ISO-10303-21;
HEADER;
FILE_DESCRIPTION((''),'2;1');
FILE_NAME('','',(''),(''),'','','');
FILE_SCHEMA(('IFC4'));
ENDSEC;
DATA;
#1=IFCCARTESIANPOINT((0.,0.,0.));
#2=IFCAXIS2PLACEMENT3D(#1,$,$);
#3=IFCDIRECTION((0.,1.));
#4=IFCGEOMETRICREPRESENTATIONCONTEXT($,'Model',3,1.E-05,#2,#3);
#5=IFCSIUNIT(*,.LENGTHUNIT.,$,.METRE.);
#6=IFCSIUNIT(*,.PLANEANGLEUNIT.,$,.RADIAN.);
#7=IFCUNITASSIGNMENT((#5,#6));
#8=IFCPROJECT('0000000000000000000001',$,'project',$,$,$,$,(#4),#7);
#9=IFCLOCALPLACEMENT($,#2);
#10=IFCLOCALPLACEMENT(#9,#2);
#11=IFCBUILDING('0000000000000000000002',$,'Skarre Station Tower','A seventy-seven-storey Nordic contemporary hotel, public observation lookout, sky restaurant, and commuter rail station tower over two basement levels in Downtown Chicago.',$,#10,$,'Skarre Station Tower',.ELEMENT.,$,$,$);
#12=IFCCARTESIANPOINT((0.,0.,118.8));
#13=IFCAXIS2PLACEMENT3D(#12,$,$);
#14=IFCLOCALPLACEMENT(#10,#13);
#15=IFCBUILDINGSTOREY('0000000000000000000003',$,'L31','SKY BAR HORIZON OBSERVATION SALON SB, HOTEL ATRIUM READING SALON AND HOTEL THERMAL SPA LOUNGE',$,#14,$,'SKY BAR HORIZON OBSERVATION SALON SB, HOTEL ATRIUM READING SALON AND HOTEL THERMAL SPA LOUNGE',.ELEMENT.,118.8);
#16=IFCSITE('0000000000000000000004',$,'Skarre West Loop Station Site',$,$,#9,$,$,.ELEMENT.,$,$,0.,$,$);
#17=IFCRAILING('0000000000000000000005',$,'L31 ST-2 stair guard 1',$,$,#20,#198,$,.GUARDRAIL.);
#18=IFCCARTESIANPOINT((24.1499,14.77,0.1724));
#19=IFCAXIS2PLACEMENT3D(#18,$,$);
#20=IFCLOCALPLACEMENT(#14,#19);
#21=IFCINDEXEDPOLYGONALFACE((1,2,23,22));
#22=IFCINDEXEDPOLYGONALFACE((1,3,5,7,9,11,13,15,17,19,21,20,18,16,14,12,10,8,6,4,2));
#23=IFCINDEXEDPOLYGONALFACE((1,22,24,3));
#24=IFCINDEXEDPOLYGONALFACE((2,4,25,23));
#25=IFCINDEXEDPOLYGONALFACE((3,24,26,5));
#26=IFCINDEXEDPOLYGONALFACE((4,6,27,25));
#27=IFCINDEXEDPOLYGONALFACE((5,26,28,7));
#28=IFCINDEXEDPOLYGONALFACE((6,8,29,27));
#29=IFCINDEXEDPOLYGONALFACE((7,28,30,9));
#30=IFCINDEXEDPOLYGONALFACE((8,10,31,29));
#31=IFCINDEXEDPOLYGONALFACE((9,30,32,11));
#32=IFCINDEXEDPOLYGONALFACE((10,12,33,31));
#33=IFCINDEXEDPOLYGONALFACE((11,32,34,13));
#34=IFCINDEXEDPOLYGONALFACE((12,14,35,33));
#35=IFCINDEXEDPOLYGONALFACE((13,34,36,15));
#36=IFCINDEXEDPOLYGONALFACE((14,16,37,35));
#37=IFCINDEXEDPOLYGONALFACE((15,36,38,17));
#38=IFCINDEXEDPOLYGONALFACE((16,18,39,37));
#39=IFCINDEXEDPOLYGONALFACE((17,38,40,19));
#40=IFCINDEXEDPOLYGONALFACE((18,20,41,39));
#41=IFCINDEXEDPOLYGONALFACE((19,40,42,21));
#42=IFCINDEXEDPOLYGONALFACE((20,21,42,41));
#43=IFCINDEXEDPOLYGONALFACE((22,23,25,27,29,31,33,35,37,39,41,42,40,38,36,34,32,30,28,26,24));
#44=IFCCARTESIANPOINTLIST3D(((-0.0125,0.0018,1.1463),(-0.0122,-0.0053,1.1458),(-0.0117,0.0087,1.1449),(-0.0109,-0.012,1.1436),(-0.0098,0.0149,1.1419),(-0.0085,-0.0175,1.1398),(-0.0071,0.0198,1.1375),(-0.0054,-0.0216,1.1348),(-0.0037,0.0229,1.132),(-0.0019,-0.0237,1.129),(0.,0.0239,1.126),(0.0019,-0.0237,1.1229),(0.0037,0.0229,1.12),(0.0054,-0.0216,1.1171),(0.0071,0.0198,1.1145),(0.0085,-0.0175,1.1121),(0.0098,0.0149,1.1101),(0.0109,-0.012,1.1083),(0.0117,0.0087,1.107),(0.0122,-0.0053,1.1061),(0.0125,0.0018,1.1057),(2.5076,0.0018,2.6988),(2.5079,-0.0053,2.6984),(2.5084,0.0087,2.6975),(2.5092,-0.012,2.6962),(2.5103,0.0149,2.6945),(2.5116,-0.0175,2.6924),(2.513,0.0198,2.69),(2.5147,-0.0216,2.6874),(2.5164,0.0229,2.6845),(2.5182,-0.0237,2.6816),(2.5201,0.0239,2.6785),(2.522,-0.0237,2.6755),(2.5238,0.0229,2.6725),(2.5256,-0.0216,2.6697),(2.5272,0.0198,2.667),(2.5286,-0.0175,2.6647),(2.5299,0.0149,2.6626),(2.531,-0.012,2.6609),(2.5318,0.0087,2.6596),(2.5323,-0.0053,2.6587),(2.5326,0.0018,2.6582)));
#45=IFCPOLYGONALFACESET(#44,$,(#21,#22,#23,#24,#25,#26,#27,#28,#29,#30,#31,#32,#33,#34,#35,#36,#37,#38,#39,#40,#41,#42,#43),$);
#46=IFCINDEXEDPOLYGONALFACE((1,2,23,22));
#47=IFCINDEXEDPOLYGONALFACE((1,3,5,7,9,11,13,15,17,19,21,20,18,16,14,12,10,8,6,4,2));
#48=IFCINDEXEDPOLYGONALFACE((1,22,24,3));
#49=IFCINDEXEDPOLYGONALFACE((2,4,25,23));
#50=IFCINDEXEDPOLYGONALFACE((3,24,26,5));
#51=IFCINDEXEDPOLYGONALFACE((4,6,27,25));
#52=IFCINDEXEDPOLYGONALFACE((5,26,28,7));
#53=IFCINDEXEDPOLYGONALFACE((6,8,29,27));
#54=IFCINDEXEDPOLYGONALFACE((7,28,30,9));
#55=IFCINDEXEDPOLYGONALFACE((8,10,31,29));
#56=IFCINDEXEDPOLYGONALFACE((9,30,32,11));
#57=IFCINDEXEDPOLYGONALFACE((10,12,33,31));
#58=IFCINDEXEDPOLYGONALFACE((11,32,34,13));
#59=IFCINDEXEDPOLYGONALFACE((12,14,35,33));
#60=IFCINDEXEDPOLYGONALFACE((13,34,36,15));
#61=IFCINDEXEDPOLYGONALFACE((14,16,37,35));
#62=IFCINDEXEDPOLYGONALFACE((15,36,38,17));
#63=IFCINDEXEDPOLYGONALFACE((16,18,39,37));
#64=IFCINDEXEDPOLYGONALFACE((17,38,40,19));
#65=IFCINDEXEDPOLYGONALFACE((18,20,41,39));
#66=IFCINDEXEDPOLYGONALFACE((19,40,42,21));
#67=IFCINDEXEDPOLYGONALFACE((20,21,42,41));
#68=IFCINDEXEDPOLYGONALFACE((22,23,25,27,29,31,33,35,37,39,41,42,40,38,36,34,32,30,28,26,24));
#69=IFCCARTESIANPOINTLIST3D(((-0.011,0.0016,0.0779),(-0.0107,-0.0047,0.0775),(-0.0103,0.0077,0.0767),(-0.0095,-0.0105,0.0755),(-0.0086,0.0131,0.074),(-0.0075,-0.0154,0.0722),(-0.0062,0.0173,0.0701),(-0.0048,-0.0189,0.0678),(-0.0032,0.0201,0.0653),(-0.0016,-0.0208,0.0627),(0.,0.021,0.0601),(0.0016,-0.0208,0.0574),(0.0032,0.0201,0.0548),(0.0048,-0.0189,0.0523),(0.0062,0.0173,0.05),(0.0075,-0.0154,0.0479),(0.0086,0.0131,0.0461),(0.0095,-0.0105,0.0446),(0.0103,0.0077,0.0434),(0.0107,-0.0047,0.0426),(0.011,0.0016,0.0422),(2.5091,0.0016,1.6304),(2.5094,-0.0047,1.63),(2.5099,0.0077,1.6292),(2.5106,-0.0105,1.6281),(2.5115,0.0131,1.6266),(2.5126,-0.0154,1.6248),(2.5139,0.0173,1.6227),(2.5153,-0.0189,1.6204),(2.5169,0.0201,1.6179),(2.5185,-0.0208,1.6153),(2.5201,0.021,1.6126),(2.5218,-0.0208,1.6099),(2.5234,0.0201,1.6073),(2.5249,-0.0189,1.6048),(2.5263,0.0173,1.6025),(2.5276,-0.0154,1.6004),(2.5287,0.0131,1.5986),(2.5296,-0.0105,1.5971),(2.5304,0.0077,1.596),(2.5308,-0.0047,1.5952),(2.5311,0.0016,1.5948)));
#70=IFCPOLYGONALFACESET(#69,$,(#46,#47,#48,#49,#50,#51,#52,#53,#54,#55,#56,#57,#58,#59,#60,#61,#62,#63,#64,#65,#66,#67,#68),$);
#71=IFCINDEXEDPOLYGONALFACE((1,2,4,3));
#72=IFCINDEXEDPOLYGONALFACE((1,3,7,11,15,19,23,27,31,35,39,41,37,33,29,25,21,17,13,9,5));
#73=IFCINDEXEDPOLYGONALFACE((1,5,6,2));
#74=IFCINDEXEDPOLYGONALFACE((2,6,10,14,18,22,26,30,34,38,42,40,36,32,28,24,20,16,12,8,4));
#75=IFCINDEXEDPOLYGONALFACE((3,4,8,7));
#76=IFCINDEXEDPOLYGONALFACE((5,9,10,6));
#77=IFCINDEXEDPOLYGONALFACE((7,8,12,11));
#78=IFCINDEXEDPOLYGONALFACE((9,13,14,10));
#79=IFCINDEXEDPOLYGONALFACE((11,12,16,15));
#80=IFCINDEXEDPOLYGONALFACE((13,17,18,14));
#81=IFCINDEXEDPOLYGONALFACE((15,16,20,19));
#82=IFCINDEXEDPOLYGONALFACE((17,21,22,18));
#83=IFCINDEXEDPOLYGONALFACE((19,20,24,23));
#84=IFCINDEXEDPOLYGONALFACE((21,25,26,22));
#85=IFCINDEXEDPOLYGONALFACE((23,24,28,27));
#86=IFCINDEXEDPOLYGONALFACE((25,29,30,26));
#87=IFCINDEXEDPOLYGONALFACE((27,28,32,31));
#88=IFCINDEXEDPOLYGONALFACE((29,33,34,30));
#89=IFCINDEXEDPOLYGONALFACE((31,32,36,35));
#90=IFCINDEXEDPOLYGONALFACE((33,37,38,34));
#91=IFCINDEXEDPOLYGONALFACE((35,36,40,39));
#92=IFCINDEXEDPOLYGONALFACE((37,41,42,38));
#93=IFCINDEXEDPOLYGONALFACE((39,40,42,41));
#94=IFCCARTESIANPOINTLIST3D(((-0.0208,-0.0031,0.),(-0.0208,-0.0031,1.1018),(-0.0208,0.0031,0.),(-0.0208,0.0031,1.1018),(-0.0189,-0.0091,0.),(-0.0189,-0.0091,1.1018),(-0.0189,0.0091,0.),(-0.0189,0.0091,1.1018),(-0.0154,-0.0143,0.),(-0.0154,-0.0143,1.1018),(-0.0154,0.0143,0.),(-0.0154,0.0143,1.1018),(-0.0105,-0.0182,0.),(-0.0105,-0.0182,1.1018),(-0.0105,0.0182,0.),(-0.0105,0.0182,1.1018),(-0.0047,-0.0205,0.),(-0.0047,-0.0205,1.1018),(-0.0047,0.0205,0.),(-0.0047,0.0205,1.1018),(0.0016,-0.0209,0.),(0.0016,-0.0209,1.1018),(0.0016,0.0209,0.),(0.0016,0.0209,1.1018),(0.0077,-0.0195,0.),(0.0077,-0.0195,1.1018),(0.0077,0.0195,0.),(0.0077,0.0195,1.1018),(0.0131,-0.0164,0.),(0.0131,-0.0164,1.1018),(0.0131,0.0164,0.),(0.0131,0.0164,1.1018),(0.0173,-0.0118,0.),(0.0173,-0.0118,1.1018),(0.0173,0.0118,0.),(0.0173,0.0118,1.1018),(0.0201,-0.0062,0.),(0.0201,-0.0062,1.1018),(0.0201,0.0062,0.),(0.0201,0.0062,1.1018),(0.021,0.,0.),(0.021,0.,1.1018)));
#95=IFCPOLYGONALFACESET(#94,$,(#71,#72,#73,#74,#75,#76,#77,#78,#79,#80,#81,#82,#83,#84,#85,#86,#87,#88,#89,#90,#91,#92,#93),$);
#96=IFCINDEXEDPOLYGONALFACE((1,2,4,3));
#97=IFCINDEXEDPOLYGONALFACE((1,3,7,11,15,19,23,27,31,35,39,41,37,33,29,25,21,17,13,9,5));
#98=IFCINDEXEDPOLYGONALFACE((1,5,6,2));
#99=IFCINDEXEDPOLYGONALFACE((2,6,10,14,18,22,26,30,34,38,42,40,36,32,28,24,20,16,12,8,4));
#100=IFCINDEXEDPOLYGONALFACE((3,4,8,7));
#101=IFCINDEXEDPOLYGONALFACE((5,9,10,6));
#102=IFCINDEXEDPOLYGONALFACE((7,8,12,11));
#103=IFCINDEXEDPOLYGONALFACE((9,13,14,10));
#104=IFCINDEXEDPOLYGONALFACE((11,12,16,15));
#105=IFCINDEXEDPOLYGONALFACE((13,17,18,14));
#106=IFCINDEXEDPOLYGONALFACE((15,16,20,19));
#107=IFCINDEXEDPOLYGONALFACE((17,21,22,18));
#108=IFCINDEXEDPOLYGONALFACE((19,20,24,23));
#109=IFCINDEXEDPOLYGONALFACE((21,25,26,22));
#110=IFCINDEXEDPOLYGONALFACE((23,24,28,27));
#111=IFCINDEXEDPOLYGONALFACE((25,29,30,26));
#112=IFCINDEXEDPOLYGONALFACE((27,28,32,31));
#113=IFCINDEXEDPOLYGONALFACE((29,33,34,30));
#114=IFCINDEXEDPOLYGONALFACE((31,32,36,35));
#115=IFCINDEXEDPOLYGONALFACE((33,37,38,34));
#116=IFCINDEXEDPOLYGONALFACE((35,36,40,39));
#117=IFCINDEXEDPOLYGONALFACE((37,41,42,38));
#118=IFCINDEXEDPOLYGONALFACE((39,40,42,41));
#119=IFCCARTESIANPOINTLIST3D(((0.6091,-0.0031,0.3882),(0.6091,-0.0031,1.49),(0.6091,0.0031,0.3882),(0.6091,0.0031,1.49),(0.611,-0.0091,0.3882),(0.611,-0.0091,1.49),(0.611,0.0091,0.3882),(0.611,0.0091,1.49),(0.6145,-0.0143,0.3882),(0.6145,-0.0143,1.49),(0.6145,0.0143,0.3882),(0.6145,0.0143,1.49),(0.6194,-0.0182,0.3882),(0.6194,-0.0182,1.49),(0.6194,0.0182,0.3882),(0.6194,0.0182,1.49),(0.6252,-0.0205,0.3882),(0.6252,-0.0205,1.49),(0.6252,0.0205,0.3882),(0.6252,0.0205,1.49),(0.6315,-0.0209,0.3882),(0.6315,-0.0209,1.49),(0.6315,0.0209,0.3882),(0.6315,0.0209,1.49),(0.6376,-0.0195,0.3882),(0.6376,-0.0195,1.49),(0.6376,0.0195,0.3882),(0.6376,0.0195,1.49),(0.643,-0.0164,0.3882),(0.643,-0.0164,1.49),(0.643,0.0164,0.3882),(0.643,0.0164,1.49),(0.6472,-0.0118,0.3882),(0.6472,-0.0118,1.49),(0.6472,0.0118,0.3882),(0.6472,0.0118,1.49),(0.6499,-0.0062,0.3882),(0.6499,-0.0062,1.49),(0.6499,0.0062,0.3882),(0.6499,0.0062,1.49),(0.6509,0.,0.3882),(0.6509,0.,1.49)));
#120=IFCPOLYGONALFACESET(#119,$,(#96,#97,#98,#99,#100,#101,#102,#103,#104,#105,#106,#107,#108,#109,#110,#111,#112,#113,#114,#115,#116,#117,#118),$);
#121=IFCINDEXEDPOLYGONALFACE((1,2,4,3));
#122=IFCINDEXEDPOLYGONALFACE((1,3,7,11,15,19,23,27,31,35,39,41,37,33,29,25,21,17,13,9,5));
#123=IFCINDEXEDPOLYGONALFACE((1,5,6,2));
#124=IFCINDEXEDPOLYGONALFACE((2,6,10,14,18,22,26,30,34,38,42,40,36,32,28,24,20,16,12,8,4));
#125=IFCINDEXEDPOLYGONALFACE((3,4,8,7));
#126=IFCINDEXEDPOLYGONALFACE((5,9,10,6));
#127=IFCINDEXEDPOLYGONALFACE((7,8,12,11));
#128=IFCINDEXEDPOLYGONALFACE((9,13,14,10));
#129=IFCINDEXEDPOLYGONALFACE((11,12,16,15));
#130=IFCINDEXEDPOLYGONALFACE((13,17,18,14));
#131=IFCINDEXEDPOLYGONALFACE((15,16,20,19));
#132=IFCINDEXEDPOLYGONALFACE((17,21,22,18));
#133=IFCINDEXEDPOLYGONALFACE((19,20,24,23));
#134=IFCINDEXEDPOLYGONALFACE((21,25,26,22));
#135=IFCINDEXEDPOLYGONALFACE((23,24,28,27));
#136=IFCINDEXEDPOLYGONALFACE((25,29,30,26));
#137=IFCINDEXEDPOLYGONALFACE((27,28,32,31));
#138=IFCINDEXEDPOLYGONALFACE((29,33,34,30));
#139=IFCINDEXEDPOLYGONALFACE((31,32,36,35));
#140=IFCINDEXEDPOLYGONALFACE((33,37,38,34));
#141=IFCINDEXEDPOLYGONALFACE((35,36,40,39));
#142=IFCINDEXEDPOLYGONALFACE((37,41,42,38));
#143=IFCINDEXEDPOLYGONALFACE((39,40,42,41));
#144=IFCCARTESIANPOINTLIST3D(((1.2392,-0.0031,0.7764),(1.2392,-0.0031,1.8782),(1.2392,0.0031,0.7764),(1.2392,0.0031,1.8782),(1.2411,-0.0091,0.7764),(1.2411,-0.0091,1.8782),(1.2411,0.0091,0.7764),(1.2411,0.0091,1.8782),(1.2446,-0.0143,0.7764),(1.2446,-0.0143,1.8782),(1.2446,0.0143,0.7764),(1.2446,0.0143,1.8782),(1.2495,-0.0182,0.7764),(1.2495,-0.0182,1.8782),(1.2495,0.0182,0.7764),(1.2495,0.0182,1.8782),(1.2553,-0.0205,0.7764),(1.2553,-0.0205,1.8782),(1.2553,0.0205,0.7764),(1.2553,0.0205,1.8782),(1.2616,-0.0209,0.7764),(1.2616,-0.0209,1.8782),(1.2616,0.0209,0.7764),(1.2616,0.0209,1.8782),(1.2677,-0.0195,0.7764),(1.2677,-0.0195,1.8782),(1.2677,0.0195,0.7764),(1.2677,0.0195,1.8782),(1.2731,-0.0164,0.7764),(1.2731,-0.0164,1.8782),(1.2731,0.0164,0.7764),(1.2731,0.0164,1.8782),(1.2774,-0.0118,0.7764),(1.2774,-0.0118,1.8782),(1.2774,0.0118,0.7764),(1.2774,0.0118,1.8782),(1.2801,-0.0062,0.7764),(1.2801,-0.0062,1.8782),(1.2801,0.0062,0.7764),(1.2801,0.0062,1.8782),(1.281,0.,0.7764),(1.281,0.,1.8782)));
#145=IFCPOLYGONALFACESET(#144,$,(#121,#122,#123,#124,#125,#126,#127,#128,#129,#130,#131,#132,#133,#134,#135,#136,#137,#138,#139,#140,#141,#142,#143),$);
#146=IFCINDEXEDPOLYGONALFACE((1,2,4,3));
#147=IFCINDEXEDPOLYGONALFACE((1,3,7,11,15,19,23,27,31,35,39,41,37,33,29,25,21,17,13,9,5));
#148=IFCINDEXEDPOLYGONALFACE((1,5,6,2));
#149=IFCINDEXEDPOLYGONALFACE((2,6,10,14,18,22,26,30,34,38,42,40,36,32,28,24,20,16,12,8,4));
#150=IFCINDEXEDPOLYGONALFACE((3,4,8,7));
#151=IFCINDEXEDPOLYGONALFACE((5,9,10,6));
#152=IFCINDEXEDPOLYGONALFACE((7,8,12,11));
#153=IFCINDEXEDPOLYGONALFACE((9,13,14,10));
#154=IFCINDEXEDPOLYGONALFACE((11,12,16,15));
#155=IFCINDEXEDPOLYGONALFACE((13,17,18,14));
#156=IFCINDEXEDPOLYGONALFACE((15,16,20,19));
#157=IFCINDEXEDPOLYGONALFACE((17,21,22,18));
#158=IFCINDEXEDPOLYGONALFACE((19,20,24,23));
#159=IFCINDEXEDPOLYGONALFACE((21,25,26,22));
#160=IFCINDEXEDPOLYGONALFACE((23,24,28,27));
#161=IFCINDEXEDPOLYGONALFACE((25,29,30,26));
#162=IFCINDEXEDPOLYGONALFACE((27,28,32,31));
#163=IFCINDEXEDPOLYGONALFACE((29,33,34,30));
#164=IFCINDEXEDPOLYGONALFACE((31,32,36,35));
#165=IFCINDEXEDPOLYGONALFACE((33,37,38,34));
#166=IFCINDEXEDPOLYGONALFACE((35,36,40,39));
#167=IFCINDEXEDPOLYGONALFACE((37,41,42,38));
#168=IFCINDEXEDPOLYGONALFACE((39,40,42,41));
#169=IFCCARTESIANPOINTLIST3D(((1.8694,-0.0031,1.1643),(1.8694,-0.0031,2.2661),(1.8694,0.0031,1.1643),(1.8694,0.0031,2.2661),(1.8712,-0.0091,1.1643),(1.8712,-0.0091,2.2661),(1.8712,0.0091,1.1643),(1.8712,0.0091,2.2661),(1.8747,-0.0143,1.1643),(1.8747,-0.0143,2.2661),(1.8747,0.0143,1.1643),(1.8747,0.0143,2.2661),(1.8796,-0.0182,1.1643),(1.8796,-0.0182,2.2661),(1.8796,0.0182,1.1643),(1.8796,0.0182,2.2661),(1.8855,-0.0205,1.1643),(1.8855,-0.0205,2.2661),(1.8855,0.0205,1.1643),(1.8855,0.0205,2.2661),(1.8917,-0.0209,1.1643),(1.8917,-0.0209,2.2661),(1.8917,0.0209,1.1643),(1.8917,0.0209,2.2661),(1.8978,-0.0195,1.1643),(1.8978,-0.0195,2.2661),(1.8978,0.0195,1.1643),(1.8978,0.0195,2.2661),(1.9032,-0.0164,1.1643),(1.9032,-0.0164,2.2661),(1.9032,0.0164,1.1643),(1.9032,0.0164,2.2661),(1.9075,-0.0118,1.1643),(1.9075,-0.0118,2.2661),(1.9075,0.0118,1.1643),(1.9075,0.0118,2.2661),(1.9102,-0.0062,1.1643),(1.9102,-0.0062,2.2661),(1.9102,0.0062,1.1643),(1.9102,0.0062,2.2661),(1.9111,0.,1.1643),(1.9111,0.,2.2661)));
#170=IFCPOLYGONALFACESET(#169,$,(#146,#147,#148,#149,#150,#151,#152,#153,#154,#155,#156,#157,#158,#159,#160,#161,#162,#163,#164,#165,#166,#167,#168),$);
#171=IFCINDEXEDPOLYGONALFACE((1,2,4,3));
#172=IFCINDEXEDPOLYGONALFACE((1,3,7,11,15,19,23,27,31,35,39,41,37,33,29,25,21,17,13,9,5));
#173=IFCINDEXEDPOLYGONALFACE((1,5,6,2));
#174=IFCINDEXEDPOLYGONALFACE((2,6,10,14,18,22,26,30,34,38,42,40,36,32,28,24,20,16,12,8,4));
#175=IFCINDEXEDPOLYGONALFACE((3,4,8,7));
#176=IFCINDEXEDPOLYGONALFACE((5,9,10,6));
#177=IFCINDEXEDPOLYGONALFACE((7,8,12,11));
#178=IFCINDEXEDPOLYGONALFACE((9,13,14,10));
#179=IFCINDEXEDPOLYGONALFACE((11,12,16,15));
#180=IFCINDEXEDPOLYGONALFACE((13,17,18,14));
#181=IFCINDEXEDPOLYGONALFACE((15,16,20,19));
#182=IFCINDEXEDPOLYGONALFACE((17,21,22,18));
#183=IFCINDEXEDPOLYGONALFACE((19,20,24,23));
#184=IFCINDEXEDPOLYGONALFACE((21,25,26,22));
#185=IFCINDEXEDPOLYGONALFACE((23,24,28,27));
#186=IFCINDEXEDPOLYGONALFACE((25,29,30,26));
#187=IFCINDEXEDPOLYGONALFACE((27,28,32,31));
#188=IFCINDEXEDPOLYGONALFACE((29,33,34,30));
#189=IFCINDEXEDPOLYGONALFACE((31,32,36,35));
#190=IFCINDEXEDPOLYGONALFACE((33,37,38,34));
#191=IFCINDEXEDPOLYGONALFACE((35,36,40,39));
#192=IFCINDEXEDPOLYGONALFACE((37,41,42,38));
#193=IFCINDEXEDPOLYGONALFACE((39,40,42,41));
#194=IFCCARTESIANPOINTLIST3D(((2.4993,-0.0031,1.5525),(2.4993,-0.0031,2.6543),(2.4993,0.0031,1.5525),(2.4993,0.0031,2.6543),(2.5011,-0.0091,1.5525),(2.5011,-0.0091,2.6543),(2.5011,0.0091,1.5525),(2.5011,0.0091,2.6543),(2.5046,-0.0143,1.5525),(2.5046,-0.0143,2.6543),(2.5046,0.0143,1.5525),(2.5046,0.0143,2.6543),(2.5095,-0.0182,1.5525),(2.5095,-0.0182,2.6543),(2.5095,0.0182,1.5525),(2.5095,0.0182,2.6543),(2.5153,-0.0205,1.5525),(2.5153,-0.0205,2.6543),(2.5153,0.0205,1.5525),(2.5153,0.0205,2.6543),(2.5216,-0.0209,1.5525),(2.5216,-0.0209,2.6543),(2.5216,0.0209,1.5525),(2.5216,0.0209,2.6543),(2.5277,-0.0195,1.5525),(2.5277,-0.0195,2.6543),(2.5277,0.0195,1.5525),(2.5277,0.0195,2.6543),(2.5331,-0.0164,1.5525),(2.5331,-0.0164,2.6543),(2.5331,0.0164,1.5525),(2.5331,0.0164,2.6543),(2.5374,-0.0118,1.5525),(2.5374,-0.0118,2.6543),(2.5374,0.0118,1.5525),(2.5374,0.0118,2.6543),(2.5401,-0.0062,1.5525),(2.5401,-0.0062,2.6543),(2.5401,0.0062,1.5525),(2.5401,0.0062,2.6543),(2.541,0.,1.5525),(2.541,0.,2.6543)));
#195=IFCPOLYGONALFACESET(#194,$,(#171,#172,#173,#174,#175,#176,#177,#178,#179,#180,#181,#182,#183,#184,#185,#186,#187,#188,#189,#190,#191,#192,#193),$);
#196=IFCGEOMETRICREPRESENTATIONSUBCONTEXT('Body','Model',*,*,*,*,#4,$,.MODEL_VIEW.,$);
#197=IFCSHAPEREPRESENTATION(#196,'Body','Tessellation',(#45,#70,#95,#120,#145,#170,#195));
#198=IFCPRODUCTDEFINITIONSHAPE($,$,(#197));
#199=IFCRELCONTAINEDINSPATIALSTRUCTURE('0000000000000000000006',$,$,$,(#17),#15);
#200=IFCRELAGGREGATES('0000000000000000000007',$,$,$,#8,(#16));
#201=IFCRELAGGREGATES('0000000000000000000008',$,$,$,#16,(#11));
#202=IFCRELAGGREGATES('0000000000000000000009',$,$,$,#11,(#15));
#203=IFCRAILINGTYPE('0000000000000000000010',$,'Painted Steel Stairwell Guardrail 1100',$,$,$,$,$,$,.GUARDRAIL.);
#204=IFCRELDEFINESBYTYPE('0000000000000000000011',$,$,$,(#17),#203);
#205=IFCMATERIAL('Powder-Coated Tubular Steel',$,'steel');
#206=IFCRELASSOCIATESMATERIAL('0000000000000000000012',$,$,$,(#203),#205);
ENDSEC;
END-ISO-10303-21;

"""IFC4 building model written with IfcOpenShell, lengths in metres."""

from ifc_helpers import new_model, si_unit, direction, frame, origin, origin_2d, place, context, subcontext, project, spatial, circle, extrude, material, type_object, element, save


model = new_model("IFC4")

# Units and contexts
model_context = context("Model", 3, precision=1e-05, world=origin(), true_north=direction((0.0, 1.0)))
body_context = subcontext(model_context, "Body", "Model", "MODEL_VIEW")
ifc_project = project(units=[si_unit("LENGTHUNIT", "METRE"), si_unit("PLANEANGLEUNIT", "RADIAN")], contexts=[model_context])

# Site, building, storey
site_placement = place(None, origin())
site = spatial("IfcSite", under=ifc_project, at=site_placement, Name="Skarre West Loop Station Site", CompositionType="ELEMENT", RefElevation=0.0)
building_placement = place(site_placement, origin())
building = spatial("IfcBuilding", under=site, at=building_placement, Name="Skarre Station Tower", Description="A seventy-seven-storey Nordic contemporary hotel, public observation lookout, sky restaurant, and commuter rail station tower over two basement levels in Downtown Chicago.", LongName="Skarre Station Tower", CompositionType="ELEMENT")
storey_placement = place(building_placement, frame((0.0, 0.0, 118.8)))
storey = spatial("IfcBuildingStorey", under=building, at=storey_placement, Name="L31", Description="SKY BAR HORIZON OBSERVATION SALON SB, HOTEL ATRIUM READING SALON AND HOTEL THERMAL SPA LOUNGE", LongName="SKY BAR HORIZON OBSERVATION SALON SB, HOTEL ATRIUM READING SALON AND HOTEL THERMAL SPA LOUNGE", CompositionType="ELEMENT", Elevation=118.8)

# Railing
ifc_material_1 = material(Name="Powder-Coated Tubular Steel", Category="steel")
railing_type_1 = type_object("IfcRailingType", Name="Painted Steel Stairwell Guardrail 1100", PredefinedType="GUARDRAIL", material=ifc_material_1)
railing_1_placement = place(storey_placement, frame((24.1499, 14.77, 0.1724)))
element("IfcRailing", 1, at=railing_1_placement, inside=storey, type_object=railing_type_1, Name="L31 ST-2 stair guard 1", PredefinedType="GUARDRAIL", context=body_context, shape_type="SweptSolid", body=[
    extrude(circle(Radius=0.0239, at=origin_2d()), frame((0.0, 0.0, 1.126), z_axis=(0.8514, 0.0, 0.524516), x_axis=(0.0, 1.0, 0.0)), (0.0, 0.0, 1.0), 2.96),
    extrude(circle(Radius=0.021, at=origin_2d()), frame((0.0, 0.0, 0.0601), z_axis=(0.8514, 0.0, 0.524516), x_axis=(0.0, 1.0, 0.0)), (0.0, 0.0, 1.0), 2.96),
    extrude(circle(Radius=0.021, at=origin_2d()), origin(), (0.0, 0.0, 1.0), 1.1018),
    extrude(circle(Radius=0.021, at=origin_2d()), frame((0.6299, 0.0, 0.3882)), (0.0, 0.0, 1.0), 1.1018),
    extrude(circle(Radius=0.021, at=origin_2d()), frame((1.26, 0.0, 0.7764)), (0.0, 0.0, 1.0), 1.1018),
    extrude(circle(Radius=0.021, at=origin_2d()), frame((1.8901, 0.0, 1.1643)), (0.0, 0.0, 1.0), 1.1018),
    extrude(circle(Radius=0.021, at=origin_2d()), frame((2.52, 0.0, 1.5525)), (0.0, 0.0, 1.0), 1.1018),
])

save(model, "model.ifc")
